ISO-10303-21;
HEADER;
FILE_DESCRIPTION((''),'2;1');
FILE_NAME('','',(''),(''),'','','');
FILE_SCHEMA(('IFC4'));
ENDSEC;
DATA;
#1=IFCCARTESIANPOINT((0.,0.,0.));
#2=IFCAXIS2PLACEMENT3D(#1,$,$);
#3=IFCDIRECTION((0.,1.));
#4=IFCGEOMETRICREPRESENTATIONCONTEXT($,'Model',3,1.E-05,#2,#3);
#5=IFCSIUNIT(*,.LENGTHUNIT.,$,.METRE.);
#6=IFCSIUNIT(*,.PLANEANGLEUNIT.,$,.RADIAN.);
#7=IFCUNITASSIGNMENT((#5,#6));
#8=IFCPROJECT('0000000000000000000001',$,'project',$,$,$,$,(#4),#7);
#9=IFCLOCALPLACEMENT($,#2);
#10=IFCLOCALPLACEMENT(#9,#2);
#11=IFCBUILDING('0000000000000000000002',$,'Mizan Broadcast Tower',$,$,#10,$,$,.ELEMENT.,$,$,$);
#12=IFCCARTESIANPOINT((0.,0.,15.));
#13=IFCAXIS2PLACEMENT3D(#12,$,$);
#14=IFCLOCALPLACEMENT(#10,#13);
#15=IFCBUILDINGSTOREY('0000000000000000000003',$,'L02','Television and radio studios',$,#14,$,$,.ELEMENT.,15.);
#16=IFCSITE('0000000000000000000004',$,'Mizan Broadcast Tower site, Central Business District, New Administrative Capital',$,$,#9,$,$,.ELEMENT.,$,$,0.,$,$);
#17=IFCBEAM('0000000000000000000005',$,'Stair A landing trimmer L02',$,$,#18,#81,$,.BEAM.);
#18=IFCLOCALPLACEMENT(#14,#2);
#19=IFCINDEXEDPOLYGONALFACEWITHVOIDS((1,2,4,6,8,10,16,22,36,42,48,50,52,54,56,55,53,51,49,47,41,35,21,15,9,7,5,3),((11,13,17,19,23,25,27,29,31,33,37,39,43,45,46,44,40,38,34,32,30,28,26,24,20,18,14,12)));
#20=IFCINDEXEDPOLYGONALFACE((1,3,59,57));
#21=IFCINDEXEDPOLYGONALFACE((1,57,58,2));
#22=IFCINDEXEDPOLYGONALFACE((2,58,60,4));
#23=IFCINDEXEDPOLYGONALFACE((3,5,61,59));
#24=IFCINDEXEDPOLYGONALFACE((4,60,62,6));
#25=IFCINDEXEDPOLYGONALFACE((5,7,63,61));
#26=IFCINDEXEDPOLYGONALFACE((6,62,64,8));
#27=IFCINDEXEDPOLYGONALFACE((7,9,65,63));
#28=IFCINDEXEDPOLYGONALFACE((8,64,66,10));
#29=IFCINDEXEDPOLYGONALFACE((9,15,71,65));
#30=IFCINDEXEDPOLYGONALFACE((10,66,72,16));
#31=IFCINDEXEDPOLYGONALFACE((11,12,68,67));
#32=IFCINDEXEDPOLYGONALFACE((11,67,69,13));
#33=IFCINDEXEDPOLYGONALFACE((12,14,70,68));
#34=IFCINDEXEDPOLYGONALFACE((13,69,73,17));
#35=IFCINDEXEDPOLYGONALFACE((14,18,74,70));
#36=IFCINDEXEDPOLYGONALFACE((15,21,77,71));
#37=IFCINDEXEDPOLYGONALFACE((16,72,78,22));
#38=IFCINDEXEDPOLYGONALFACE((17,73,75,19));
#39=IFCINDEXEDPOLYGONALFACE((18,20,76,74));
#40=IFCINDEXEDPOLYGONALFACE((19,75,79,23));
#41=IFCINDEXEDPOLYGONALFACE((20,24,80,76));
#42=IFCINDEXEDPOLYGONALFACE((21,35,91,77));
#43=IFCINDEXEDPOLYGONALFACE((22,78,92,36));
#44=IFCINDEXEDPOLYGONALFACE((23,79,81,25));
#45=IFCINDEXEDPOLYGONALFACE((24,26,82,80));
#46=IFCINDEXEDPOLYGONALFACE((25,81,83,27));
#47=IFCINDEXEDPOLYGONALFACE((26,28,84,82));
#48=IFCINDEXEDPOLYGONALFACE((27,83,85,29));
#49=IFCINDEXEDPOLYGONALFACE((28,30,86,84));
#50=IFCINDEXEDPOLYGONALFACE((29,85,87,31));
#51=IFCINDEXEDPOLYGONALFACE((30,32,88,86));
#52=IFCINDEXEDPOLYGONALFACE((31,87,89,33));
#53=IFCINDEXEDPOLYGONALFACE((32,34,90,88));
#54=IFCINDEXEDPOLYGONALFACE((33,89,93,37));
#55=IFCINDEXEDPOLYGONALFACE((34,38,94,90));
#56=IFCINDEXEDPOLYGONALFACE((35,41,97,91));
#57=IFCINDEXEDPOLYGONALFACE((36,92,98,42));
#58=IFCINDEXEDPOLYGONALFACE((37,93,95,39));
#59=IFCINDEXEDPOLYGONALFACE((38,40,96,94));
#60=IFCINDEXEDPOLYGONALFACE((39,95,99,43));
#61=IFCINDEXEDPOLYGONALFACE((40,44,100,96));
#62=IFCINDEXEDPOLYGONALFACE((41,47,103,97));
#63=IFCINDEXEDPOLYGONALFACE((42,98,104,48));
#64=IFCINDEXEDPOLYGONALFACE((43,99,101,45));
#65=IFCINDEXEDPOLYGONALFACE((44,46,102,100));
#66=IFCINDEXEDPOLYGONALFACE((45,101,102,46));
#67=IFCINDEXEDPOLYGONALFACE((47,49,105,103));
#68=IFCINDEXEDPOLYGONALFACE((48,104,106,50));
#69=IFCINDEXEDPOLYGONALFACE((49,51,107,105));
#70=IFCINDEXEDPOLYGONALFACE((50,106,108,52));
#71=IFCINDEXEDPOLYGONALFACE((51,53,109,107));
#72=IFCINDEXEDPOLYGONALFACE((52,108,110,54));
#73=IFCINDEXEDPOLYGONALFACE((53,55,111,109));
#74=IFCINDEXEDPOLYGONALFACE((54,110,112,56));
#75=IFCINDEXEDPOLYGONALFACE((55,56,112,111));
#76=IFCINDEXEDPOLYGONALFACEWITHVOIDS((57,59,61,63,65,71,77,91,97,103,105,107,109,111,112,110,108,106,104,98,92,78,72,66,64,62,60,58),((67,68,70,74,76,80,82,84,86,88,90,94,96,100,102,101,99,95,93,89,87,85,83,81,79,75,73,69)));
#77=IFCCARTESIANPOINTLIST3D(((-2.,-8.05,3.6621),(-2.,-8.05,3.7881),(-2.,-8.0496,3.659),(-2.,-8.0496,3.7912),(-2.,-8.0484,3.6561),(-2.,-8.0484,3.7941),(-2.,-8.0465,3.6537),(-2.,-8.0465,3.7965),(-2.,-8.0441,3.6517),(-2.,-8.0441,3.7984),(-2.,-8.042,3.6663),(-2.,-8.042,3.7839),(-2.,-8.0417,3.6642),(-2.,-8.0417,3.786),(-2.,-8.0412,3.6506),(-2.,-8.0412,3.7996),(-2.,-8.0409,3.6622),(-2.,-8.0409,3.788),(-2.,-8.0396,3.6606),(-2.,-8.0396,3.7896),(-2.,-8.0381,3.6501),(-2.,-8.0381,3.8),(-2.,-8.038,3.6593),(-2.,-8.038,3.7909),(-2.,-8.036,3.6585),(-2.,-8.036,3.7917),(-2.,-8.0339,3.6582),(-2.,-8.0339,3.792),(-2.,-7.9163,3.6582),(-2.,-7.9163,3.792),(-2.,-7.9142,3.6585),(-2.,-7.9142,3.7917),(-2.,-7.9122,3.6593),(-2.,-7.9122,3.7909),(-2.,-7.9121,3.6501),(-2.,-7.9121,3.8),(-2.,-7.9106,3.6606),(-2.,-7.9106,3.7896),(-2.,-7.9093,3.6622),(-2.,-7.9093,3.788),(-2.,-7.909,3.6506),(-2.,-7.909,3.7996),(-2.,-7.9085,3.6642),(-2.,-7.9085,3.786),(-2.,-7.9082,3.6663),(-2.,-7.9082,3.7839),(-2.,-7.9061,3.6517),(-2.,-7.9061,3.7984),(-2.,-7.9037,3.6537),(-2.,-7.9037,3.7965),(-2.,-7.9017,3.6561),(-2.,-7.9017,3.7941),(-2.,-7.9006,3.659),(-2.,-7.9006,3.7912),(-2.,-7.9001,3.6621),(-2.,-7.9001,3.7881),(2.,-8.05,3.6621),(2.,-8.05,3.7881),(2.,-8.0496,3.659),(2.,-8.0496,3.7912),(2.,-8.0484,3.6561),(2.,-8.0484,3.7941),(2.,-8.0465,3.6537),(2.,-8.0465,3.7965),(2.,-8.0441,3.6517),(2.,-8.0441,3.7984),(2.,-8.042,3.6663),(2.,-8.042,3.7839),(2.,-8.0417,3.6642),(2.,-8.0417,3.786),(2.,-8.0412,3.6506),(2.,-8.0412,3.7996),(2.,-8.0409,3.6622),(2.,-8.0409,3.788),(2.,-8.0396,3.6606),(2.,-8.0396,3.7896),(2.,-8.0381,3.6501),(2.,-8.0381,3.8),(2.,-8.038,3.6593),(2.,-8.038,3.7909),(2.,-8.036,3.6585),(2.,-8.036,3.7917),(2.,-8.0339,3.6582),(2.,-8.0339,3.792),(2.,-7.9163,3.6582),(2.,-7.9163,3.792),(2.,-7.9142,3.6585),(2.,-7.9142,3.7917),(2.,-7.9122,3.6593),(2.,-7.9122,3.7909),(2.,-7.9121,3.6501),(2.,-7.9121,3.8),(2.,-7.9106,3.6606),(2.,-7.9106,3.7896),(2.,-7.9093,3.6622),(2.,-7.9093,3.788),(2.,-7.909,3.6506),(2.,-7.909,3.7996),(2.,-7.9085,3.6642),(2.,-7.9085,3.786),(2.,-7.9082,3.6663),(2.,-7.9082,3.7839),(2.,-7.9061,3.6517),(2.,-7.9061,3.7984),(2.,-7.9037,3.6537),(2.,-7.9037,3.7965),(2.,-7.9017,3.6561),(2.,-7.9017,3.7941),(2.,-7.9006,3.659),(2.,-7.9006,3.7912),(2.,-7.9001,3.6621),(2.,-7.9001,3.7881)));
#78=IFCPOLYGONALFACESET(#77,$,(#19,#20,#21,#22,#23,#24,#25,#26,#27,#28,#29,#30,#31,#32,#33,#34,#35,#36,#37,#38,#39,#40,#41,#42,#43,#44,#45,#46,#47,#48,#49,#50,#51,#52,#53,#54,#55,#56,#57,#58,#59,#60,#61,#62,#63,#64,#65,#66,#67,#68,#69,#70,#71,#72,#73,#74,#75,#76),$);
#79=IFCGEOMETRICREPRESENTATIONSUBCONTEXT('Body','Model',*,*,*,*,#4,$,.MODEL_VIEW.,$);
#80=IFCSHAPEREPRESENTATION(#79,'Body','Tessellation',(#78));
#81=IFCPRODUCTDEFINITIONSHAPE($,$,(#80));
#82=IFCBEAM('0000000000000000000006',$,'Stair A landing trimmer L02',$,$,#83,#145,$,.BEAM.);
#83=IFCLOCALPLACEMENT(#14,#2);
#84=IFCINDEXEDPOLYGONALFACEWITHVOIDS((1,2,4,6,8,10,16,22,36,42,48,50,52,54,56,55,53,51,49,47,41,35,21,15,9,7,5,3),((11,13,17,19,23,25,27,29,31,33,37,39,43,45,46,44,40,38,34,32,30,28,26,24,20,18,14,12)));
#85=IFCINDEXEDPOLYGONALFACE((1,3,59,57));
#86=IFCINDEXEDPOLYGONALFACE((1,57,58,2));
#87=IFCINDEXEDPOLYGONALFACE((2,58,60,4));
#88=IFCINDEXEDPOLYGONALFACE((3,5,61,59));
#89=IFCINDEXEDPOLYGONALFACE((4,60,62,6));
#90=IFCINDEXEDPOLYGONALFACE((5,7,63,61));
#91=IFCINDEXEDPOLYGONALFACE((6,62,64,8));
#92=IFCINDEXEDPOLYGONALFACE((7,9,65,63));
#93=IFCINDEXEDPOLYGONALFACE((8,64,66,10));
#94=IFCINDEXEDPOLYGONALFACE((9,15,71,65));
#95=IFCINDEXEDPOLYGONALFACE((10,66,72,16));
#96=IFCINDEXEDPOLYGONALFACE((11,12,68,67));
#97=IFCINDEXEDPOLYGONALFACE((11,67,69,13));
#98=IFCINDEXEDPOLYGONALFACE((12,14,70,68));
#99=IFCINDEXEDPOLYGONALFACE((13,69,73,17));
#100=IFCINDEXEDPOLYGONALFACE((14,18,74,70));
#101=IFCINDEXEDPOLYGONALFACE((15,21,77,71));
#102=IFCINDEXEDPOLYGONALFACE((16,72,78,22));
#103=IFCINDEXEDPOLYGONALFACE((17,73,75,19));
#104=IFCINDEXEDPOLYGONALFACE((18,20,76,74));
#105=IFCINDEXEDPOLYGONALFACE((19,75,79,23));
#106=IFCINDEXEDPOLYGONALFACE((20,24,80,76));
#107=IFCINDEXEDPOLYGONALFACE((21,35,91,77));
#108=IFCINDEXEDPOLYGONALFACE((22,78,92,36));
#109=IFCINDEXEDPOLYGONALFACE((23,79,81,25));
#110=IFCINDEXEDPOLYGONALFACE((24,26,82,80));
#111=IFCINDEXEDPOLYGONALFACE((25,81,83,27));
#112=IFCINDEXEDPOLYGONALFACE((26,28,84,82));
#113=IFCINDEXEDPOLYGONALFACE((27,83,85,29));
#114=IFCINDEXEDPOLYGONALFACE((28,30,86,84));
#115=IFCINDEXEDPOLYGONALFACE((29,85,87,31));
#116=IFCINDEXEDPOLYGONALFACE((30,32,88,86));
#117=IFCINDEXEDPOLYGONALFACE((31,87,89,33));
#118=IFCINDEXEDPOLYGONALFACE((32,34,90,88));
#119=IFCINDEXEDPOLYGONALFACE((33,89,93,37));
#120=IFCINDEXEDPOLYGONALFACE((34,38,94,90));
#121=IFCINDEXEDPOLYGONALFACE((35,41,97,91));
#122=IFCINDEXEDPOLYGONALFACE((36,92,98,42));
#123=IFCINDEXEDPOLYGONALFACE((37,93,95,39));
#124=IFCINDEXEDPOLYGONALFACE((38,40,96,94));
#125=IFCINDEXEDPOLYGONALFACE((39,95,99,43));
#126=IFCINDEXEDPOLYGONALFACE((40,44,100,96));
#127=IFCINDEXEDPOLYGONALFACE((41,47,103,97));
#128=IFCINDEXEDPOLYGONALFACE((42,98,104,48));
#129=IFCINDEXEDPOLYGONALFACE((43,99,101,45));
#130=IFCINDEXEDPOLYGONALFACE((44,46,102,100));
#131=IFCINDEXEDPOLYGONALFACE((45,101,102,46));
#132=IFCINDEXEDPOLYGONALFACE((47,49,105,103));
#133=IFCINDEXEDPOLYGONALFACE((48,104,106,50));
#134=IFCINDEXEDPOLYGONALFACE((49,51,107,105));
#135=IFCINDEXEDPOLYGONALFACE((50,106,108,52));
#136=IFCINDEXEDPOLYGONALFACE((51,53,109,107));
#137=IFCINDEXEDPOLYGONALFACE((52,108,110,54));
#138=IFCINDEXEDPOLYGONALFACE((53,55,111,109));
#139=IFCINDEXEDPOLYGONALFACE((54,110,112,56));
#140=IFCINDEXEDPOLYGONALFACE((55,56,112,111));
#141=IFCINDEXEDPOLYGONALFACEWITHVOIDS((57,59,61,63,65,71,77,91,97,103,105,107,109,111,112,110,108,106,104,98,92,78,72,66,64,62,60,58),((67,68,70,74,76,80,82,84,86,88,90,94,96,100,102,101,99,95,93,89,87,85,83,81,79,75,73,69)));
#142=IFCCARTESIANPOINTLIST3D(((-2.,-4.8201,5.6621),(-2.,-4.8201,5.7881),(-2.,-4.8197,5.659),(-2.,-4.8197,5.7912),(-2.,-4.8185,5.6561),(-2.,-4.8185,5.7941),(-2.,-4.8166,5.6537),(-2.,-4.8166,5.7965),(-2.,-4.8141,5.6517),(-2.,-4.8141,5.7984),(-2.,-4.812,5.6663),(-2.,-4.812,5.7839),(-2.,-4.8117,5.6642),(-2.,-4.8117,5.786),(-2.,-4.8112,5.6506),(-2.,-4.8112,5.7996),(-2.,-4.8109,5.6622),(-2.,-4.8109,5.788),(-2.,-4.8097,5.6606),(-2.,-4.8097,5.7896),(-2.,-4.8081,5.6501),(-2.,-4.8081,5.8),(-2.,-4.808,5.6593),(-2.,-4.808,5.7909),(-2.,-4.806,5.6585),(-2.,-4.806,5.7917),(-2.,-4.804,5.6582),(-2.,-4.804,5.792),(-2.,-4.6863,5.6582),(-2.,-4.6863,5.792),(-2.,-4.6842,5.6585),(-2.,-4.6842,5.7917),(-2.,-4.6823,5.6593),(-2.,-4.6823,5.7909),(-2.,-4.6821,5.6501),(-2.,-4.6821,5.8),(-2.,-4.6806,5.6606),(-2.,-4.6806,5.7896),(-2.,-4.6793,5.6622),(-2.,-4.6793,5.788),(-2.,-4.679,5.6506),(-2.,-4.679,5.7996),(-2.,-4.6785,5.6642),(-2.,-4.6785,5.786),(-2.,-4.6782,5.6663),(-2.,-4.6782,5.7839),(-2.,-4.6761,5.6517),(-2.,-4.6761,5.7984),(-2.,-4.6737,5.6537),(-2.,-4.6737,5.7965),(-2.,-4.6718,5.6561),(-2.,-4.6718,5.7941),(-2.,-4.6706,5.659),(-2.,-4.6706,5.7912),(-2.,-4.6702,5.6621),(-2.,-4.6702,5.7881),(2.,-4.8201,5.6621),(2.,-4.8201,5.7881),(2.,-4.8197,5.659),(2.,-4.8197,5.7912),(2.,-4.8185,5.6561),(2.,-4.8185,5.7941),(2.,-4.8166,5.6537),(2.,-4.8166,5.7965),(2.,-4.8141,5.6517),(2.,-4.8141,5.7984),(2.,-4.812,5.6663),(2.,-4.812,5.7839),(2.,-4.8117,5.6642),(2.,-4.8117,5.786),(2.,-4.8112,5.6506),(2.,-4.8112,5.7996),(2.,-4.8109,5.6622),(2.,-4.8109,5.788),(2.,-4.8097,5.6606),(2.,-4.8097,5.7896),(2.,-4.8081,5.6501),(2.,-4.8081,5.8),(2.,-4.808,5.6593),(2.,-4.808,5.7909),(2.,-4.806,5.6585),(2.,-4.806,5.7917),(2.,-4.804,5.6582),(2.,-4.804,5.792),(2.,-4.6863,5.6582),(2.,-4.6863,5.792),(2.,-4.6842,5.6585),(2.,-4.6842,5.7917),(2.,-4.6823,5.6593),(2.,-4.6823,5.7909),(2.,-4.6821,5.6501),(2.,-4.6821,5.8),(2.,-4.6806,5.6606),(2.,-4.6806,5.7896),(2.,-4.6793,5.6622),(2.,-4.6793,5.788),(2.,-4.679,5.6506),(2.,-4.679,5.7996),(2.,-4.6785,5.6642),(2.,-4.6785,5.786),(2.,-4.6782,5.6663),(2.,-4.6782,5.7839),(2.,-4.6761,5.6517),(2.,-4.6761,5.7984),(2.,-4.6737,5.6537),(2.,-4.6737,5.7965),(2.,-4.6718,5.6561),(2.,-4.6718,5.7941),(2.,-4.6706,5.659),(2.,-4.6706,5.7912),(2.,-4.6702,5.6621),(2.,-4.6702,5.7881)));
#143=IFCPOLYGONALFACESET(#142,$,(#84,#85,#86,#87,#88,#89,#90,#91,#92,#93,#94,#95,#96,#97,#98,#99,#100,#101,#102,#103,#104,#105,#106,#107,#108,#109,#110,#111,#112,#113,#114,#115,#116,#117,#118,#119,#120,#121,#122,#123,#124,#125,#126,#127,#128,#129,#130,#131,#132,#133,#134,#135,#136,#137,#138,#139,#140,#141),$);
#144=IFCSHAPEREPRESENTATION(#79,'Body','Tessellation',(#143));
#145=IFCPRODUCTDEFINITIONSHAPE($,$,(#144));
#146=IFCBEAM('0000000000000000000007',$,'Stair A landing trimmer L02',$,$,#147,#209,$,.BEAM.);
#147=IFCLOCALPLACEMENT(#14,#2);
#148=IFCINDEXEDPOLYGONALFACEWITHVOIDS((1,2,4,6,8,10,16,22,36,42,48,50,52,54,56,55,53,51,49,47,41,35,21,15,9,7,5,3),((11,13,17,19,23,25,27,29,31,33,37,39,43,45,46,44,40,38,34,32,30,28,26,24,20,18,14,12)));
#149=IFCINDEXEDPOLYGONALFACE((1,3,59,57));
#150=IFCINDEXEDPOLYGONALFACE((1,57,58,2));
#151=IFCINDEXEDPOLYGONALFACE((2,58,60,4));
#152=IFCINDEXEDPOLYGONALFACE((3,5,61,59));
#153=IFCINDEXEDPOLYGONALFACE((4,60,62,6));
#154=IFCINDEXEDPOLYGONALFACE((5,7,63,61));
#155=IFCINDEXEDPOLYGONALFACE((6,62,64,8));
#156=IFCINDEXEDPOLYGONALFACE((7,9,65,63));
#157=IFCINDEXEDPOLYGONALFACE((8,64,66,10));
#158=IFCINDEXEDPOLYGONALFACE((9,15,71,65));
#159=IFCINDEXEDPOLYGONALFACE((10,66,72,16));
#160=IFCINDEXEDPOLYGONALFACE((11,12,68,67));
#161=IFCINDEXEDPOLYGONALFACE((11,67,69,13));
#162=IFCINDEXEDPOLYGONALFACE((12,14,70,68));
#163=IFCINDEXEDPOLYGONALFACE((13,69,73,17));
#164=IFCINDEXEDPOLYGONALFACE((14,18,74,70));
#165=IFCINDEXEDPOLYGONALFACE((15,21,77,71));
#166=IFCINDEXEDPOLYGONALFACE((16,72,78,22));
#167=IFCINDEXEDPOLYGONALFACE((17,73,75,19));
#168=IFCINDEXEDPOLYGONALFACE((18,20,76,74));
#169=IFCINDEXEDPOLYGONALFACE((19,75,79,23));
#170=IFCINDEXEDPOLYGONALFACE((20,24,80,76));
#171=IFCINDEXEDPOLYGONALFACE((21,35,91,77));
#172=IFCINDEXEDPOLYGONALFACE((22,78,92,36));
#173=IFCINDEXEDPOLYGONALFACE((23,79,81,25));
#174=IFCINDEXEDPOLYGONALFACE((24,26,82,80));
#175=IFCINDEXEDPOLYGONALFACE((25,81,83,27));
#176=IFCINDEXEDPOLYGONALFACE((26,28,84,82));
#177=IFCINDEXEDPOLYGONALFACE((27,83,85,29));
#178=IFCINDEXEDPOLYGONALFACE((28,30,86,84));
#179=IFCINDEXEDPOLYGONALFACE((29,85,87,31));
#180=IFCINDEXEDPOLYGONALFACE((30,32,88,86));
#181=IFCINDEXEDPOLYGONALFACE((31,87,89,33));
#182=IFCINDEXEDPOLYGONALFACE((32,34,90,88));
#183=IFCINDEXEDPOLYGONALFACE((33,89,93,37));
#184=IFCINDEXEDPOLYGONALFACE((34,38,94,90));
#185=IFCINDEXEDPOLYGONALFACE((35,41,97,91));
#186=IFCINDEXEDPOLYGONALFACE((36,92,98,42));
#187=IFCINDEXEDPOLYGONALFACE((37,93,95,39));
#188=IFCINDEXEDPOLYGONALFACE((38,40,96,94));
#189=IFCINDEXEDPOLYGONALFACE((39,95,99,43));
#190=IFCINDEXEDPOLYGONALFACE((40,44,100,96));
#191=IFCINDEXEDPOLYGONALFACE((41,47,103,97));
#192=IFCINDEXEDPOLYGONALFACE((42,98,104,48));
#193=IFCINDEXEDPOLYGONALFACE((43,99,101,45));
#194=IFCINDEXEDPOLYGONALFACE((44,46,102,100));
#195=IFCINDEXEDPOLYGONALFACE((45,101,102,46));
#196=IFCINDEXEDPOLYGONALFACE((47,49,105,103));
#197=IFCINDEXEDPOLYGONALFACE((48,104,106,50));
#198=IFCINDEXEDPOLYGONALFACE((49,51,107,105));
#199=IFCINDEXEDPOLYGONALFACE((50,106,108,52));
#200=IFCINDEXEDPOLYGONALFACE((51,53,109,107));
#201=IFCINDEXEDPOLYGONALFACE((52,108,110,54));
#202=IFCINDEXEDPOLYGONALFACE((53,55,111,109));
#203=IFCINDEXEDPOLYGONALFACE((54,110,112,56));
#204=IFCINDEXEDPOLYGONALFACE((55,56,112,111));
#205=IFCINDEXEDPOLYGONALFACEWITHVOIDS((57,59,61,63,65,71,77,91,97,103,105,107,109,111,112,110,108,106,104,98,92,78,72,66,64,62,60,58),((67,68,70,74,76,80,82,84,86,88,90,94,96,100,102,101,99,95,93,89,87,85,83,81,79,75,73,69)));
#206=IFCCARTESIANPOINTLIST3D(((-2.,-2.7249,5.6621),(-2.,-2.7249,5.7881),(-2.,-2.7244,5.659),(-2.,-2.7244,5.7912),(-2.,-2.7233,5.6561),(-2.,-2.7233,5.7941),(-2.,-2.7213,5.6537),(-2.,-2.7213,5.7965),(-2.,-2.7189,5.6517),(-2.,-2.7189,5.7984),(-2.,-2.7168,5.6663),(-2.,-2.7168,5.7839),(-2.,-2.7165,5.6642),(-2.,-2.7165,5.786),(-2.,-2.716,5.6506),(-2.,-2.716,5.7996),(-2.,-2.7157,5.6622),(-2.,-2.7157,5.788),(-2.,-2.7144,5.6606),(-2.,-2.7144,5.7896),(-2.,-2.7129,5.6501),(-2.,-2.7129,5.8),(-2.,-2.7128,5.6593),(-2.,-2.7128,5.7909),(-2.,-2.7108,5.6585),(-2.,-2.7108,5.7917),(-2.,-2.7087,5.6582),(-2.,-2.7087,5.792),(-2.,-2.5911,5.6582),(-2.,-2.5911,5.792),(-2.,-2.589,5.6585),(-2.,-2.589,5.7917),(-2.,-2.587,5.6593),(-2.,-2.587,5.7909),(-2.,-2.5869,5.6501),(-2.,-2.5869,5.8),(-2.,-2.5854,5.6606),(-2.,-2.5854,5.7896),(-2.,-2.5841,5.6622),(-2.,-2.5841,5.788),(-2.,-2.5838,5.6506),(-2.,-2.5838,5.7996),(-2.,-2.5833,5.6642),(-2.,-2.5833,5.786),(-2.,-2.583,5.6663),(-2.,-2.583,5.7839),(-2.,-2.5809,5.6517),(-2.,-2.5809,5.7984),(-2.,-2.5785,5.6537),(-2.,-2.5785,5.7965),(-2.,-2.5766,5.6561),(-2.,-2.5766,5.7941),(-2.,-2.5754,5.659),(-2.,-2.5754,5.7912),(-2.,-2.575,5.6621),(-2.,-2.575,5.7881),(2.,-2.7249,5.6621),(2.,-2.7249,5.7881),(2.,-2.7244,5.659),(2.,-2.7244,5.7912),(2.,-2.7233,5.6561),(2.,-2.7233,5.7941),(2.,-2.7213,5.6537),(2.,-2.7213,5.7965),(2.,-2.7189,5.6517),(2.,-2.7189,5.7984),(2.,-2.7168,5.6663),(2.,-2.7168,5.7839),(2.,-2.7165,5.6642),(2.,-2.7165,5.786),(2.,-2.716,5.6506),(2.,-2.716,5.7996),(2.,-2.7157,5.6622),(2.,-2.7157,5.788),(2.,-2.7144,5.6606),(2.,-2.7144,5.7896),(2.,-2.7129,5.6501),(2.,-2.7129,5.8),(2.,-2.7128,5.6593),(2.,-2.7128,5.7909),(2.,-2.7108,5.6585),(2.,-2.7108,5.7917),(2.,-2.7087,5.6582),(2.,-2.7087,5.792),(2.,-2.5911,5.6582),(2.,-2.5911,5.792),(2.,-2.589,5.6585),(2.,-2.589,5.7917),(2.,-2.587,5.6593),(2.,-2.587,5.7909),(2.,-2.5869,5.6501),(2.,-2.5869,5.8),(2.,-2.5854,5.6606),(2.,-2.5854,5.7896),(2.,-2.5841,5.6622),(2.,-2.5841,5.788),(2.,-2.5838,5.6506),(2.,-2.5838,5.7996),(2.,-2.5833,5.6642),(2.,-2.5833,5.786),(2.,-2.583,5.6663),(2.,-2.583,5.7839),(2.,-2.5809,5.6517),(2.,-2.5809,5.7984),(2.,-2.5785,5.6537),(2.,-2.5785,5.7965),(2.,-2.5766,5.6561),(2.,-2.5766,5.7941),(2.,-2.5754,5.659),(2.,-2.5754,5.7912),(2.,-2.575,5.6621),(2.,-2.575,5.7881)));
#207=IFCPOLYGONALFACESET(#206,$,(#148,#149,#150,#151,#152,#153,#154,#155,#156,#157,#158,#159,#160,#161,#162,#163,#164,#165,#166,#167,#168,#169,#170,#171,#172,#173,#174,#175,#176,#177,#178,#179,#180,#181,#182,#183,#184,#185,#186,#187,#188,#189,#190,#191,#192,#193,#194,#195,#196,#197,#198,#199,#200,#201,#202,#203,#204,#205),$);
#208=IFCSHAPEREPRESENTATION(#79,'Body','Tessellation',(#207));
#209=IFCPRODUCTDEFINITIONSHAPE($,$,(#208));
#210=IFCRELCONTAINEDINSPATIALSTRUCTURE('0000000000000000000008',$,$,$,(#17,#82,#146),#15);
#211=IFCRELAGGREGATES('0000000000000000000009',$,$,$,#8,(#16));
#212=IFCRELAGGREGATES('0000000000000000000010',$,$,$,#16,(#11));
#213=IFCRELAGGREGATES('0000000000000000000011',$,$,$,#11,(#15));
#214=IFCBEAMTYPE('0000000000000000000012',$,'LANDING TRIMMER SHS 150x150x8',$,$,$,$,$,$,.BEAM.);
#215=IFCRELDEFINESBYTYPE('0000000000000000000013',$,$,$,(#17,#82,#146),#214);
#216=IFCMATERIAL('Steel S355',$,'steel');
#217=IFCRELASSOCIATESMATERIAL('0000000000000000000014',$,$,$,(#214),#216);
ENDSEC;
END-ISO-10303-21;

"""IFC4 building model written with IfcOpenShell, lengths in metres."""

from ifc_helpers import new_model, si_unit, direction, frame, origin, origin_2d, place, context, subcontext, project, spatial, hollow_rectangle, extrude, material, material_profile, profile_set, type_object, element, save


model = new_model("IFC4")

# Units and contexts
model_context = context("Model", 3, precision=1e-05, world=origin(), true_north=direction((0.0, 1.0)))
body_context = subcontext(model_context, "Body", "Model", "MODEL_VIEW")
ifc_project = project(units=[si_unit("LENGTHUNIT", "METRE"), si_unit("PLANEANGLEUNIT", "RADIAN")], contexts=[model_context])

# Site, building, storey
site_placement = place(None, origin())
site = spatial("IfcSite", under=ifc_project, at=site_placement, Name="Mizan Broadcast Tower site, Central Business District, New Administrative Capital", CompositionType="ELEMENT", RefElevation=0.0)
building_placement = place(site_placement, origin())
building = spatial("IfcBuilding", under=site, at=building_placement, Name="Mizan Broadcast Tower", CompositionType="ELEMENT")
storey_placement = place(building_placement, frame((0.0, 0.0, 15.0)))
storey = spatial("IfcBuildingStorey", under=building, at=storey_placement, Name="L02", Description="Television and radio studios", CompositionType="ELEMENT", Elevation=15.0)

# Beams
ifc_material_1 = material(Name="Steel S355", Category="steel")
ifc_material_profile = material_profile(ifc_material_1, hollow_rectangle(XDim=0.1499, YDim=0.1499, WallThickness=0.0081, InnerFilletRadius=0.0081, OuterFilletRadius=0.012, at=origin_2d()), Name="SHS 150x150x8")
ifc_profile_set = profile_set([ifc_material_profile], Name="Steel S355")
beam_type = type_object("IfcBeamType", Name="LANDING TRIMMER SHS 150x150x8", PredefinedType="BEAM", material=ifc_profile_set)
for number, where, z_axis, x_axis, name in (
    (1, (-2.0, -7.9751, 3.7251), (1.0, 0.0, 0.0), (0.0, 1.0, 0.0), "Stair A landing trimmer L02"),
    (2, (-2.0, -4.7451, 5.7251), (1.0, 0.0, 0.0), (0.0, 1.0, 0.0), "Stair A landing trimmer L02"),
    (3, (-2.0, -2.6499, 5.7251), (1.0, 0.0, 0.0), (0.0, 1.0, 0.0), "Stair A landing trimmer L02"),
):
    element("IfcBeam", number, at=place(storey_placement, frame(where, z_axis=z_axis, x_axis=x_axis)), inside=storey, type_object=beam_type, Name=name, PredefinedType="BEAM", context=body_context, shape_type="SweptSolid", body=[
        extrude(hollow_rectangle(XDim=0.1499, YDim=0.1499, WallThickness=0.0081, InnerFilletRadius=0.0081, OuterFilletRadius=0.012, at=origin_2d()), origin(), (0.0, 0.0, 1.0), 4.0),
    ])

save(model, "model.ifc")
